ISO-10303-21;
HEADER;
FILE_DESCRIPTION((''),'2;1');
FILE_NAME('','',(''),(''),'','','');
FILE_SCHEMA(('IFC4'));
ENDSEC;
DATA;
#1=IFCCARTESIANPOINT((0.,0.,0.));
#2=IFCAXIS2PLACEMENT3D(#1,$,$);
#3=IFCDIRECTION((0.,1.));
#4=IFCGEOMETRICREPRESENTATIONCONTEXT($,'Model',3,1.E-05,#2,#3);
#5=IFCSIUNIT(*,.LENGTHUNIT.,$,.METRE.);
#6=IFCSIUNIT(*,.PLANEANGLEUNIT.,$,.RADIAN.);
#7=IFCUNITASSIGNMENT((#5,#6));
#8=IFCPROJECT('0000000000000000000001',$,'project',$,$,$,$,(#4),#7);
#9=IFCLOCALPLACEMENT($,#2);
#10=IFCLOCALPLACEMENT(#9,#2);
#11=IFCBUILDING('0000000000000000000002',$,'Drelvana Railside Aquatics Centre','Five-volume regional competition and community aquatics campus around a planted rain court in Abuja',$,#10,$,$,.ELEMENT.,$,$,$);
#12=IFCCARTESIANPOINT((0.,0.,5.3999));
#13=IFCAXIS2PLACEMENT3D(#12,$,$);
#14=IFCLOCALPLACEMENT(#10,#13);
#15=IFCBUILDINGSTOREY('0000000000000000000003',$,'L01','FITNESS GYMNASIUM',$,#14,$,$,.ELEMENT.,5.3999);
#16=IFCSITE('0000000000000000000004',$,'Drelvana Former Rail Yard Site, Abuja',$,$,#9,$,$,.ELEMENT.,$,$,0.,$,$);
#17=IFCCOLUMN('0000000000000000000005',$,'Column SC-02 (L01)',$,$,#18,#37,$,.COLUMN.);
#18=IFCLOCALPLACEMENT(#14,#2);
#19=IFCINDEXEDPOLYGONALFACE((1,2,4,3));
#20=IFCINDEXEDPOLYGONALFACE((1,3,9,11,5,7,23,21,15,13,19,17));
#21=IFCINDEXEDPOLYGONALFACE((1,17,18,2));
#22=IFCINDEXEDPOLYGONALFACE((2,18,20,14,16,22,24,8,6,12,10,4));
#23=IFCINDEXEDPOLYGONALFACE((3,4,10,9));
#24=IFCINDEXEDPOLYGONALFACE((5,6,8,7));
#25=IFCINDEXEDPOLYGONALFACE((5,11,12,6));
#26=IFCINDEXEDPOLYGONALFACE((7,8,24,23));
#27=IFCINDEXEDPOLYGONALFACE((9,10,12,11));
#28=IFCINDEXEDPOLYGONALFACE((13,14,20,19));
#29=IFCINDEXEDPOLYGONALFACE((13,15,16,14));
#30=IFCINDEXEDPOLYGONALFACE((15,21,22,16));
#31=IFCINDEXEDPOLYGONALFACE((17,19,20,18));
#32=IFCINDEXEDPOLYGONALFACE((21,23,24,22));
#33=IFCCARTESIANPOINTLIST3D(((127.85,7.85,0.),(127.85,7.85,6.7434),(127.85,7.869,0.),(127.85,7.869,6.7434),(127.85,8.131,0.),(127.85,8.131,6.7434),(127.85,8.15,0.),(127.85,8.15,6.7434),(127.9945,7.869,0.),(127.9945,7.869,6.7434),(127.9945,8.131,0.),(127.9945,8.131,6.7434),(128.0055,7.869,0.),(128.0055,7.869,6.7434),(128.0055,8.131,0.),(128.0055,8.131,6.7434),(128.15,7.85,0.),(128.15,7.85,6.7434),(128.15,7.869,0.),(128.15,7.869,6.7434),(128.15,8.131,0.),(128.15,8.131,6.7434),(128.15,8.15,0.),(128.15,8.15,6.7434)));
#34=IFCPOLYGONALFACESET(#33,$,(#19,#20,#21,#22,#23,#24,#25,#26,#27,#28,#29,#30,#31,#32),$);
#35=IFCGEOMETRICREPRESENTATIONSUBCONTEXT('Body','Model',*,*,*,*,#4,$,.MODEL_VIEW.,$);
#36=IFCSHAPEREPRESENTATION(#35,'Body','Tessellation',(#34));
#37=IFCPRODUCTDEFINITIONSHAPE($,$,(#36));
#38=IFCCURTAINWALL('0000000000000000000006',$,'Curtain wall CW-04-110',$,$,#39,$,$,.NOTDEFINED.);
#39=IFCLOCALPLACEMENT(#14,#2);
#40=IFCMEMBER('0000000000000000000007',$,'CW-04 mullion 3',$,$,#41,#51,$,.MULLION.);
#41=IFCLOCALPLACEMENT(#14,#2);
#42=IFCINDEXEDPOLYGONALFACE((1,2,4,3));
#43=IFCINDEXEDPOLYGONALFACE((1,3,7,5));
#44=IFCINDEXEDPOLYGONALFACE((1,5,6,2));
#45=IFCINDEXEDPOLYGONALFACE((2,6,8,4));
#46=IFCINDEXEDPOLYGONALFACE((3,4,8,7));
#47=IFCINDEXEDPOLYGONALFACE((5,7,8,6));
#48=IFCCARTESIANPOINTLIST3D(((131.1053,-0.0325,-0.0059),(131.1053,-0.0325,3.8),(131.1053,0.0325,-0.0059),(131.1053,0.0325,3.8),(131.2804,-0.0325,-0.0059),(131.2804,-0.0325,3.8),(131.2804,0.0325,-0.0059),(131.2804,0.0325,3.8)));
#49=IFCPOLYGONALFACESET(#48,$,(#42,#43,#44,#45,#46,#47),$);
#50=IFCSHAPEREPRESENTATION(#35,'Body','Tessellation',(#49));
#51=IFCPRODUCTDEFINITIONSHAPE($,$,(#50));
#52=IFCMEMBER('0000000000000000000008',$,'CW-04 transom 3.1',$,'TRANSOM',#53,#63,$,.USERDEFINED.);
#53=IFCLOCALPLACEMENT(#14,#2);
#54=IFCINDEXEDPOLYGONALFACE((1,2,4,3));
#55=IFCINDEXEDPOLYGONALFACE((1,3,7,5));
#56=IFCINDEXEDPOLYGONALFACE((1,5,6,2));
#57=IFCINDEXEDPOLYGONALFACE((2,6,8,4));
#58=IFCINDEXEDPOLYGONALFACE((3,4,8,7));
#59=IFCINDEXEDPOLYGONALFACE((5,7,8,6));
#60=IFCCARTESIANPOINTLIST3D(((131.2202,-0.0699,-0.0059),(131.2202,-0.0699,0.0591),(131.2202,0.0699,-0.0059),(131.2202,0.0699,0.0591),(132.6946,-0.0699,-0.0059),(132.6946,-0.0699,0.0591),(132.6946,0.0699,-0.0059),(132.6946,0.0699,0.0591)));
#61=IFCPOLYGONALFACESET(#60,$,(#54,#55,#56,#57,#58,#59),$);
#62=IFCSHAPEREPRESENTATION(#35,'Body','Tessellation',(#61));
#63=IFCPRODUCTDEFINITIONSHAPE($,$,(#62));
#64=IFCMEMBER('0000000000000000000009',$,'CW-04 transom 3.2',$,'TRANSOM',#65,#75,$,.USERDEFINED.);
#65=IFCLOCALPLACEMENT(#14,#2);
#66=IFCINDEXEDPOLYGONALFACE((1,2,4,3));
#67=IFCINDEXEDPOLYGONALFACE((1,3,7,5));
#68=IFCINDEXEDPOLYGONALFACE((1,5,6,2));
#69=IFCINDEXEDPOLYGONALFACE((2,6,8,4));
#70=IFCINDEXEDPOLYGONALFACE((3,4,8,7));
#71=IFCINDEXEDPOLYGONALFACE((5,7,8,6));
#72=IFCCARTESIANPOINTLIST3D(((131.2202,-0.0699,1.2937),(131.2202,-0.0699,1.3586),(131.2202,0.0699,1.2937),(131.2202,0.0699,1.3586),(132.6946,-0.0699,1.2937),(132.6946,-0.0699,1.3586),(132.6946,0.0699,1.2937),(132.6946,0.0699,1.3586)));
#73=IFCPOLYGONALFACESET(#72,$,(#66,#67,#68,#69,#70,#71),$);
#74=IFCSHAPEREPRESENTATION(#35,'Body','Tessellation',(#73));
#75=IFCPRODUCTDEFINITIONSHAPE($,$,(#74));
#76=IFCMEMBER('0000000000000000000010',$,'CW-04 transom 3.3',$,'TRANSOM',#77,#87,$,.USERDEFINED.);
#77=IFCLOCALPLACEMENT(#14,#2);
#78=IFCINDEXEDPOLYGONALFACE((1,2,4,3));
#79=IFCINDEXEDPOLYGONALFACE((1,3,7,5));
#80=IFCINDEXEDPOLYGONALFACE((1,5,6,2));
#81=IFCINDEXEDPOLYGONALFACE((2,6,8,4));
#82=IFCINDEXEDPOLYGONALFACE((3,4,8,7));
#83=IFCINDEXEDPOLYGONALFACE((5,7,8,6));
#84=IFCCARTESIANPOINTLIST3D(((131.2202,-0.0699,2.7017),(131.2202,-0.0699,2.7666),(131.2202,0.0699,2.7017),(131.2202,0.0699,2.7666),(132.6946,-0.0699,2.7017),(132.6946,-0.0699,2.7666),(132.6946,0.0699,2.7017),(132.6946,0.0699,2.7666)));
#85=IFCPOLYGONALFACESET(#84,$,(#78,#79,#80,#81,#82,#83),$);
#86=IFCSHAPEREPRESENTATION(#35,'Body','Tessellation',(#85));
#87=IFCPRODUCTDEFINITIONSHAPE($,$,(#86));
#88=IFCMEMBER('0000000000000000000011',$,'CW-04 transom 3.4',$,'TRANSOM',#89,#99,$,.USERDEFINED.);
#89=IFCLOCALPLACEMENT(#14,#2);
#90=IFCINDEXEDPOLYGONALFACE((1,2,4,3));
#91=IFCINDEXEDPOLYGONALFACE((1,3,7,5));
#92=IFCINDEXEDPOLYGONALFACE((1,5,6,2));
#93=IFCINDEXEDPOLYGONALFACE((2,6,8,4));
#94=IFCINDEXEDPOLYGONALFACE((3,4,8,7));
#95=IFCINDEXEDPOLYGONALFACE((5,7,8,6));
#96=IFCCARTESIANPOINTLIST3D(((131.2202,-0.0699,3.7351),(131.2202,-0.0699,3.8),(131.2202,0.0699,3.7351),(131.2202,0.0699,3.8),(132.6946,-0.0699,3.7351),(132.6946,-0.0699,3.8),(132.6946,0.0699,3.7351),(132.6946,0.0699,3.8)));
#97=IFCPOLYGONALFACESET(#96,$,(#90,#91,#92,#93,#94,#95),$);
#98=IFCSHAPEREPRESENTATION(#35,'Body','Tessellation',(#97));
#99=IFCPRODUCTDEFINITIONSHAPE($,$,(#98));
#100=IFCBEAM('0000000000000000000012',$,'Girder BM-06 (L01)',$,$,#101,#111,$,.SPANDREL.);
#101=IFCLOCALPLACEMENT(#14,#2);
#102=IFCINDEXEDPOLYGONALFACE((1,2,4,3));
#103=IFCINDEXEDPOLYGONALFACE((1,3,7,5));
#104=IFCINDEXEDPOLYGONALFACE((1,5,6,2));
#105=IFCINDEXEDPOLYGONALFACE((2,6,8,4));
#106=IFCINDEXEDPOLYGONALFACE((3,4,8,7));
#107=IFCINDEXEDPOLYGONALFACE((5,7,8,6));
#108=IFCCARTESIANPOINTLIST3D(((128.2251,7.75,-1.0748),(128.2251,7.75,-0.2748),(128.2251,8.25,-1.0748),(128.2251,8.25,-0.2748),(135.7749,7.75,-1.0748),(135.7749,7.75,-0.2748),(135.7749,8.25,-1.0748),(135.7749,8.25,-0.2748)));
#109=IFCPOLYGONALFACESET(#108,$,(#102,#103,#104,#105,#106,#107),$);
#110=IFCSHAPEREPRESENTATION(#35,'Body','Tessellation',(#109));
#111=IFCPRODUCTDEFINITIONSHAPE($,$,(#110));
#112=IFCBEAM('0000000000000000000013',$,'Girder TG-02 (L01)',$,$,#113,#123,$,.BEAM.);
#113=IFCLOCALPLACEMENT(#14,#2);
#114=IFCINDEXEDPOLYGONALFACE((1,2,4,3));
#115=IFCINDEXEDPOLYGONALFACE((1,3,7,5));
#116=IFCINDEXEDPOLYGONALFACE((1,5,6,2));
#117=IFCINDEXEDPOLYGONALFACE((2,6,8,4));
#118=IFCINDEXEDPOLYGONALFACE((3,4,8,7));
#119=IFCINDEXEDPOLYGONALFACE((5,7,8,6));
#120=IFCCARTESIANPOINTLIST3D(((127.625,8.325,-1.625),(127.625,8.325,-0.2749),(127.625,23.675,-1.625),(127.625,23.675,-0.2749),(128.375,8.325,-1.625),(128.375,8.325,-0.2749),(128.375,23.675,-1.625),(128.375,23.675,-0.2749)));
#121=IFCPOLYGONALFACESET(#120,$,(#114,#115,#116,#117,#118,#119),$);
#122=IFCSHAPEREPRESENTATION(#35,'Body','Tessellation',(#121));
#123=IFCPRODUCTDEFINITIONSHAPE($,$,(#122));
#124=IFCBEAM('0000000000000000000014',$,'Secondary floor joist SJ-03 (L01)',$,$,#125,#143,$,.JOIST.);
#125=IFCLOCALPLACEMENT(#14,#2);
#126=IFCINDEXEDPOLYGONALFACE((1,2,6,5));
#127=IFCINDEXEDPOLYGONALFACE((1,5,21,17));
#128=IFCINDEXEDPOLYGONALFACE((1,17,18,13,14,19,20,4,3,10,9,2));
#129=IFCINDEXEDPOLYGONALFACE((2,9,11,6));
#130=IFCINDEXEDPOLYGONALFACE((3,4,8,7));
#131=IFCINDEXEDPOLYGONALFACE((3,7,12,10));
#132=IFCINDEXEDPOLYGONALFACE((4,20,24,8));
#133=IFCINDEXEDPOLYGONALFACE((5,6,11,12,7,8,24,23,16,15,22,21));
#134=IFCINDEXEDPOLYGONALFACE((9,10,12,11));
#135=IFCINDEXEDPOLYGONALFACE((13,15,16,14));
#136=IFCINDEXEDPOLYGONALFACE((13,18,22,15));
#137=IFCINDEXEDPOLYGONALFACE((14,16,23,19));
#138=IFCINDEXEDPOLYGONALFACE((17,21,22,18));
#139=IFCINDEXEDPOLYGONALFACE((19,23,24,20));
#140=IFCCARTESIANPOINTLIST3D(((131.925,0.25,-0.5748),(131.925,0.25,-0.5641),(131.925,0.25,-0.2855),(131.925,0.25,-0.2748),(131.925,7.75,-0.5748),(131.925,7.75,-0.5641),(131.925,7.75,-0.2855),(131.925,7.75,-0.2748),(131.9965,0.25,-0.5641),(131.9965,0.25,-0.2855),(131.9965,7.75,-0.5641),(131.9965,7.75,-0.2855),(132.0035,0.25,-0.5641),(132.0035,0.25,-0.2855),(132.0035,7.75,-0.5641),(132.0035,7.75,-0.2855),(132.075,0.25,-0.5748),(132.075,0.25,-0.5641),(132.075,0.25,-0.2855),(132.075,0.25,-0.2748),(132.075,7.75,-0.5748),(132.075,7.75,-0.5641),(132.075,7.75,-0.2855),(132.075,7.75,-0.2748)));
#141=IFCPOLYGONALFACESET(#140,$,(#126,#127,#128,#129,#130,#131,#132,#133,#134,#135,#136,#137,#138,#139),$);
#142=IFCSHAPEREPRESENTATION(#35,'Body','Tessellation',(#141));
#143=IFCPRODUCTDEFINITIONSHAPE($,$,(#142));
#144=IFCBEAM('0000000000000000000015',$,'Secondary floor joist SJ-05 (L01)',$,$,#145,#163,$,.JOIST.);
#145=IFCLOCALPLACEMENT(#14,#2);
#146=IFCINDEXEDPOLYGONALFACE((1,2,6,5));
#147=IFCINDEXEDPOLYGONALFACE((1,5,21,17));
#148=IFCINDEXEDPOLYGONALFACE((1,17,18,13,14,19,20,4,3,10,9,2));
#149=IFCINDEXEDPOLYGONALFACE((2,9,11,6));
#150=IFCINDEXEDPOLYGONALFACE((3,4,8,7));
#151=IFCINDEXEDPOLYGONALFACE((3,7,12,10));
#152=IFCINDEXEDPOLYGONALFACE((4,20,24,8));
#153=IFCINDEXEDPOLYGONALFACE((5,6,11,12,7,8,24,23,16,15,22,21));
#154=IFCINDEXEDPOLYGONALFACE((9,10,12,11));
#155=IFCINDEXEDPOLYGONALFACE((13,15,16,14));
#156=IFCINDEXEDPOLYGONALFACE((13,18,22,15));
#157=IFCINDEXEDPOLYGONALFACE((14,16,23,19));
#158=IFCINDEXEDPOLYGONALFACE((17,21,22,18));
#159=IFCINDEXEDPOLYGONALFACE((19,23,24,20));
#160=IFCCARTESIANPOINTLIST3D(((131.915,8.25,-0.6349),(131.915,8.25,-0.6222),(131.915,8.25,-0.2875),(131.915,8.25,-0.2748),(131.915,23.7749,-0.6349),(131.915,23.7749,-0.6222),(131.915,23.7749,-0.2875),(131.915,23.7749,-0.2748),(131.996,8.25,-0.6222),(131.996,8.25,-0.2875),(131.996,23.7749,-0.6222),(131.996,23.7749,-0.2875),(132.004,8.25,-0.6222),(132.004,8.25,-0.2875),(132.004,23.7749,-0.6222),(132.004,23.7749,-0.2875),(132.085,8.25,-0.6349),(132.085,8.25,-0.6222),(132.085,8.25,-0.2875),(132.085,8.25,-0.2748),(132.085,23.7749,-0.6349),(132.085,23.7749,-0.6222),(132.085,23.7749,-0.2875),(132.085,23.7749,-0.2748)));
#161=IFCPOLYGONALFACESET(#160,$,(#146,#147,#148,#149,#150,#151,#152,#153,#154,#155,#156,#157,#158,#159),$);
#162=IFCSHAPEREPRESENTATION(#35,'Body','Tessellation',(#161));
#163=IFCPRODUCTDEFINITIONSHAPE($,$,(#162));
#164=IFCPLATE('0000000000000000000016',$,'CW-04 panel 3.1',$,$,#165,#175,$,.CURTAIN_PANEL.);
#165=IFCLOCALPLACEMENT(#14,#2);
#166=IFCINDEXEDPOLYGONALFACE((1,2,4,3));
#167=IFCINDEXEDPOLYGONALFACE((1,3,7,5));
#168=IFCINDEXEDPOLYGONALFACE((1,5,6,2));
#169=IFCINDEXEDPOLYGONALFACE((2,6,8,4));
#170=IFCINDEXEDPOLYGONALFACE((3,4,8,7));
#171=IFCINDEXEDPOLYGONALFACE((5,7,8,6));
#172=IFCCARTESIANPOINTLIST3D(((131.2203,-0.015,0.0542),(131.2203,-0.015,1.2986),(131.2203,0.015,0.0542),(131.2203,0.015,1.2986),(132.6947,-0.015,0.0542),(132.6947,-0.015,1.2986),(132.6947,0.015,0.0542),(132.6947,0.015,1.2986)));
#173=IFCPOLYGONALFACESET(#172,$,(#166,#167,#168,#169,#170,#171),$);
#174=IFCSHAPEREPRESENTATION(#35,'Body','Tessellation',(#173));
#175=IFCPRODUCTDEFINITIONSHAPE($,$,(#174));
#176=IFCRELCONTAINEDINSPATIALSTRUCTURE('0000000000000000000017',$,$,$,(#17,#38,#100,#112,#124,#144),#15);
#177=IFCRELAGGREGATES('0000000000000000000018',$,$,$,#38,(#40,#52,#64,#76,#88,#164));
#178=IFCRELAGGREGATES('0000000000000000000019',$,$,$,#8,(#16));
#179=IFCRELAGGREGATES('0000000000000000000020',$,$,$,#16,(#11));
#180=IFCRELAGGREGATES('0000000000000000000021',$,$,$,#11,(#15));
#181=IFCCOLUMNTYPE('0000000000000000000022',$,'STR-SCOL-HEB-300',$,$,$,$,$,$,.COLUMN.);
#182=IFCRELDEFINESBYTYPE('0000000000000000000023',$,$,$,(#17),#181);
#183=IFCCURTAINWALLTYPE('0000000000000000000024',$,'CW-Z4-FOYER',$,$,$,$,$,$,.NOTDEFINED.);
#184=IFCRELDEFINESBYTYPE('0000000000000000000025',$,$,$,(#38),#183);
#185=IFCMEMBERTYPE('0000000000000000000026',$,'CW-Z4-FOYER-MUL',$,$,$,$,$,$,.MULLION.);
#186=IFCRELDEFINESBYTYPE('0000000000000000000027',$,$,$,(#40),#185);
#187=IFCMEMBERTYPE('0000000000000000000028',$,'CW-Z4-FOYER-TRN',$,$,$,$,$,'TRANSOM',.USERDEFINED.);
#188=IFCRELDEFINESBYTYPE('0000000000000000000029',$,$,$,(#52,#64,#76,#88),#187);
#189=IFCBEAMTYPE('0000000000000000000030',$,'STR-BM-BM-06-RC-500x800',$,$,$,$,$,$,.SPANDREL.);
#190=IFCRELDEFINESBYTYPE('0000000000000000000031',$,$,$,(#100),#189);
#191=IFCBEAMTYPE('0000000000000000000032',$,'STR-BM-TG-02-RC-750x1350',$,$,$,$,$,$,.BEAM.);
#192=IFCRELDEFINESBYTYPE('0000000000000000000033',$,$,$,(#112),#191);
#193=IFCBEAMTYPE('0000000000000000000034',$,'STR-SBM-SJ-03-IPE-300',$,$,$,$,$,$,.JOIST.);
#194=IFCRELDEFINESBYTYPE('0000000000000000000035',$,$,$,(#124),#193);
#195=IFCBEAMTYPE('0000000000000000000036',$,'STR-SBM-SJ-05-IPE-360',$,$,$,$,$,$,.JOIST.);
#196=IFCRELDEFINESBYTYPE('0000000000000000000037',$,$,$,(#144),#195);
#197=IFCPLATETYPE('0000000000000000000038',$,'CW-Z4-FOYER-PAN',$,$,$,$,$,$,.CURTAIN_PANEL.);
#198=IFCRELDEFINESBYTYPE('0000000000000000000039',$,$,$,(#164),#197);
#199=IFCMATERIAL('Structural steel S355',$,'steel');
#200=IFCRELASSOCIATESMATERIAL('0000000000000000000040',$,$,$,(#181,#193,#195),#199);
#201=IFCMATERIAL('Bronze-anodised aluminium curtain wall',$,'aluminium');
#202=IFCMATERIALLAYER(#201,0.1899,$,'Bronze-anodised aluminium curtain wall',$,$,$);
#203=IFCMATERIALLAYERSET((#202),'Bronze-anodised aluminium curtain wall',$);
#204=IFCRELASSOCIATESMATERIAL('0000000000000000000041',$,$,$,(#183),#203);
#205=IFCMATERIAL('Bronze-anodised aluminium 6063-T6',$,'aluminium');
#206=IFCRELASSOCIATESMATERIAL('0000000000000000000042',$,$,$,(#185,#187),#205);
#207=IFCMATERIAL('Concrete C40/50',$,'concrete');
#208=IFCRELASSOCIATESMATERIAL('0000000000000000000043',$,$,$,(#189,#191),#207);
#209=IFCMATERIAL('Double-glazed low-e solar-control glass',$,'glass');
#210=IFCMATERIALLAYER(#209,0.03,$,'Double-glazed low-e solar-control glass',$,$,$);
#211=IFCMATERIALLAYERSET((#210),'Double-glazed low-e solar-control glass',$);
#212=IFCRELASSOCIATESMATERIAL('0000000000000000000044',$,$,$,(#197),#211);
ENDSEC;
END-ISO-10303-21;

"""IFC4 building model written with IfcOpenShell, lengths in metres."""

from ifc_helpers import new_model, si_unit, direction, frame, origin, origin_2d, place, context, subcontext, project, spatial, rectangle, i_section, extrude, material, layer, layer_set, material_profile, profile_set, type_object, element, aggregate, save


model = new_model("IFC4")

# Units and contexts
model_context = context("Model", 3, precision=1e-05, world=origin(), true_north=direction((0.0, 1.0)))
body_context = subcontext(model_context, "Body", "Model", "MODEL_VIEW")
ifc_project = project(units=[si_unit("LENGTHUNIT", "METRE"), si_unit("PLANEANGLEUNIT", "RADIAN")], contexts=[model_context])

# Site, building, storey
site_placement = place(None, origin())
site = spatial("IfcSite", under=ifc_project, at=site_placement, Name="Drelvana Former Rail Yard Site, Abuja", CompositionType="ELEMENT", RefElevation=0.0)
building_placement = place(site_placement, origin())
building = spatial("IfcBuilding", under=site, at=building_placement, Name="Drelvana Railside Aquatics Centre", Description="Five-volume regional competition and community aquatics campus around a planted rain court in Abuja", CompositionType="ELEMENT")
storey_placement = place(building_placement, frame((0.0, 0.0, 5.3999)))
storey = spatial("IfcBuildingStorey", under=building, at=storey_placement, Name="L01", Description="FITNESS GYMNASIUM", CompositionType="ELEMENT", Elevation=5.3999)

# Column
ifc_material_1 = material(Name="Structural steel S355", Category="steel")
ifc_material_profile_1 = material_profile(ifc_material_1, i_section(OverallWidth=0.3, OverallDepth=0.3, WebThickness=0.011, FlangeThickness=0.019, at=origin_2d()), Name="HEB 300")
ifc_profile_set_1 = profile_set([ifc_material_profile_1], Name="Structural steel S355")
column_type = type_object("IfcColumnType", Name="STR-SCOL-HEB-300", PredefinedType="COLUMN", material=ifc_profile_set_1)
column_placement = place(storey_placement, frame((128.0, 8.0, 0.0), z_axis=(0.0, 0.0, 1.0), x_axis=(1.0, 0.0, 0.0)))
element("IfcColumn", 1, at=column_placement, inside=storey, type_object=column_type, Name="Column SC-02 (L01)", PredefinedType="COLUMN", context=body_context, shape_type="SweptSolid", body=[
    extrude(i_section(OverallWidth=0.3, OverallDepth=0.3, WebThickness=0.011, FlangeThickness=0.019, at=origin_2d()), origin(), (0.0, 0.0, 1.0), 6.7434),
])

# Curtain wall, members
ifc_material_2 = material(Name="Bronze-anodised aluminium curtain wall", Category="aluminium")
ifc_layer_1 = layer(ifc_material_2, 0.1899, Name="Bronze-anodised aluminium curtain wall")
ifc_layer_set_1 = layer_set([ifc_layer_1], Name="Bronze-anodised aluminium curtain wall")
curtain_wall_type = type_object("IfcCurtainWallType", Name="CW-Z4-FOYER", PredefinedType="NOTDEFINED", material=ifc_layer_set_1)
curtain_wall_placement = place(storey_placement, origin())
curtain_wall = element("IfcCurtainWall", 2, at=curtain_wall_placement, inside=storey, type_object=curtain_wall_type, Name="Curtain wall CW-04-110", PredefinedType="NOTDEFINED")
ifc_material_3 = material(Name="Bronze-anodised aluminium 6063-T6", Category="aluminium")
ifc_material_profile_2 = material_profile(ifc_material_3, rectangle(XDim=0.0649, YDim=0.175, at=origin_2d()), Name="ALU-M 65x175")
ifc_profile_set_2 = profile_set([ifc_material_profile_2], Name="Bronze-anodised aluminium 6063-T6")
member_type_1 = type_object("IfcMemberType", Name="CW-Z4-FOYER-MUL", PredefinedType="MULLION", material=ifc_profile_set_2)
member_1_placement = place(storey_placement, frame((131.1929, 0.0, -0.0059), z_axis=(0.0, 0.0, 1.0), x_axis=(0.0, 1.0, 0.0)))
member_1 = element("IfcMember", 3, at=member_1_placement, type_object=member_type_1, Name="CW-04 mullion 3", PredefinedType="MULLION", context=body_context, shape_type="SweptSolid", body=[
    extrude(rectangle(XDim=0.0649, YDim=0.175, at=origin_2d()), origin(), (0.0, 0.0, 1.0), 3.8059),
])
ifc_material_profile_3 = material_profile(ifc_material_3, rectangle(XDim=0.1399, YDim=0.0649, at=origin_2d()), Name="ALU-T 65x140")
ifc_profile_set_3 = profile_set([ifc_material_profile_3], Name="Bronze-anodised aluminium 6063-T6")
member_type_2 = type_object("IfcMemberType", Name="CW-Z4-FOYER-TRN", ElementType="TRANSOM", PredefinedType="USERDEFINED", material=ifc_profile_set_3)
member_2_placement = place(storey_placement, frame((131.2202, 0.0, 0.0266), z_axis=(1.0, 0.0, 0.0), x_axis=(0.0, 1.0, 0.0)))
member_2 = element("IfcMember", 4, at=member_2_placement, type_object=member_type_2, Name="CW-04 transom 3.1", ObjectType="TRANSOM", PredefinedType="USERDEFINED", context=body_context, shape_type="SweptSolid", body=[
    extrude(rectangle(XDim=0.1399, YDim=0.0649, at=origin_2d()), origin(), (0.0, 0.0, 1.0), 1.4744),
])
member_3_placement = place(storey_placement, frame((131.2202, 0.0, 1.3262), z_axis=(1.0, 0.0, 0.0), x_axis=(0.0, 1.0, 0.0)))
member_3 = element("IfcMember", 5, at=member_3_placement, type_object=member_type_2, Name="CW-04 transom 3.2", ObjectType="TRANSOM", PredefinedType="USERDEFINED", context=body_context, shape_type="SweptSolid", body=[
    extrude(rectangle(XDim=0.1399, YDim=0.0649, at=origin_2d()), origin(), (0.0, 0.0, 1.0), 1.4744),
])
member_4_placement = place(storey_placement, frame((131.2202, 0.0, 2.7341), z_axis=(1.0, 0.0, 0.0), x_axis=(0.0, 1.0, 0.0)))
member_4 = element("IfcMember", 6, at=member_4_placement, type_object=member_type_2, Name="CW-04 transom 3.3", ObjectType="TRANSOM", PredefinedType="USERDEFINED", context=body_context, shape_type="SweptSolid", body=[
    extrude(rectangle(XDim=0.1399, YDim=0.0649, at=origin_2d()), origin(), (0.0, 0.0, 1.0), 1.4744),
])
member_5_placement = place(storey_placement, frame((131.2202, 0.0, 3.7676), z_axis=(1.0, 0.0, 0.0), x_axis=(0.0, 1.0, 0.0)))
member_5 = element("IfcMember", 7, at=member_5_placement, type_object=member_type_2, Name="CW-04 transom 3.4", ObjectType="TRANSOM", PredefinedType="USERDEFINED", context=body_context, shape_type="SweptSolid", body=[
    extrude(rectangle(XDim=0.1399, YDim=0.0649, at=origin_2d()), origin(), (0.0, 0.0, 1.0), 1.4744),
])

# Beams
ifc_material_4 = material(Name="Concrete C40/50", Category="concrete")
ifc_material_profile_4 = material_profile(ifc_material_4, rectangle(XDim=0.5, YDim=0.8, at=origin_2d()), Name="RC 500x800")
ifc_profile_set_4 = profile_set([ifc_material_profile_4], Name="Concrete C40/50")
beam_type_1 = type_object("IfcBeamType", Name="STR-BM-BM-06-RC-500x800", PredefinedType="SPANDREL", material=ifc_profile_set_4)
beam_1_placement = place(storey_placement, frame((128.2251, 8.0, -0.6748), z_axis=(1.0, 0.0, 0.0), x_axis=(0.0, 1.0, 0.0)))
element("IfcBeam", 8, at=beam_1_placement, inside=storey, type_object=beam_type_1, Name="Girder BM-06 (L01)", PredefinedType="SPANDREL", context=body_context, shape_type="SweptSolid", body=[
    extrude(rectangle(XDim=0.5, YDim=0.8, at=origin_2d()), origin(), (0.0, 0.0, 1.0), 7.5498),
])
ifc_material_profile_5 = material_profile(ifc_material_4, rectangle(XDim=0.75, YDim=1.3501, at=origin_2d()), Name="RC 750x1350")
ifc_profile_set_5 = profile_set([ifc_material_profile_5], Name="Concrete C40/50")
beam_type_2 = type_object("IfcBeamType", Name="STR-BM-TG-02-RC-750x1350", PredefinedType="BEAM", material=ifc_profile_set_5)
beam_2_placement = place(storey_placement, frame((128.0, 8.325, -0.95), z_axis=(0.0, 1.0, 0.0), x_axis=(-1.0, 0.0, 0.0)))
element("IfcBeam", 9, at=beam_2_placement, inside=storey, type_object=beam_type_2, Name="Girder TG-02 (L01)", PredefinedType="BEAM", context=body_context, shape_type="SweptSolid", body=[
    extrude(rectangle(XDim=0.75, YDim=1.3501, at=origin_2d()), origin(), (0.0, 0.0, 1.0), 15.3501),
])
ifc_material_profile_6 = material_profile(ifc_material_1, i_section(OverallWidth=0.1499, OverallDepth=0.3, WebThickness=0.0071, FlangeThickness=0.0107, at=origin_2d()), Name="IPE 300")
ifc_profile_set_6 = profile_set([ifc_material_profile_6], Name="Structural steel S355")
beam_type_3 = type_object("IfcBeamType", Name="STR-SBM-SJ-03-IPE-300", PredefinedType="JOIST", material=ifc_profile_set_6)
beam_3_placement = place(storey_placement, frame((132.0, 0.25, -0.4248), z_axis=(0.0, 1.0, 0.0), x_axis=(-1.0, 0.0, 0.0)))
element("IfcBeam", 10, at=beam_3_placement, inside=storey, type_object=beam_type_3, Name="Secondary floor joist SJ-03 (L01)", PredefinedType="JOIST", context=body_context, shape_type="SweptSolid", body=[
    extrude(i_section(OverallWidth=0.1499, OverallDepth=0.3, WebThickness=0.0071, FlangeThickness=0.0107, at=origin_2d()), origin(), (0.0, 0.0, 1.0), 7.5),
])
ifc_material_profile_7 = material_profile(ifc_material_1, i_section(OverallWidth=0.1699, OverallDepth=0.3601, WebThickness=0.0081, FlangeThickness=0.0127, at=origin_2d()), Name="IPE 360")
ifc_profile_set_7 = profile_set([ifc_material_profile_7], Name="Structural steel S355")
beam_type_4 = type_object("IfcBeamType", Name="STR-SBM-SJ-05-IPE-360", PredefinedType="JOIST", material=ifc_profile_set_7)
beam_4_placement = place(storey_placement, frame((132.0, 8.25, -0.4548), z_axis=(0.0, 1.0, 0.0), x_axis=(-1.0, 0.0, 0.0)))
element("IfcBeam", 11, at=beam_4_placement, inside=storey, type_object=beam_type_4, Name="Secondary floor joist SJ-05 (L01)", PredefinedType="JOIST", context=body_context, shape_type="SweptSolid", body=[
    extrude(i_section(OverallWidth=0.1699, OverallDepth=0.3601, WebThickness=0.0081, FlangeThickness=0.0127, at=origin_2d()), origin(), (0.0, 0.0, 1.0), 15.5249),
])

# Plate
ifc_material_5 = material(Name="Double-glazed low-e solar-control glass", Category="glass")
ifc_layer_2 = layer(ifc_material_5, 0.03, Name="Double-glazed low-e solar-control glass")
ifc_layer_set_2 = layer_set([ifc_layer_2], Name="Double-glazed low-e solar-control glass")
plate_type = type_object("IfcPlateType", Name="CW-Z4-FOYER-PAN", PredefinedType="CURTAIN_PANEL", material=ifc_layer_set_2)
plate_1_placement = place(storey_placement, frame((131.9575, 0.0, 0.0542), z_axis=(0.0, 0.0, 1.0), x_axis=(1.0, 0.0, 0.0)))
plate_1 = element("IfcPlate", 12, at=plate_1_placement, type_object=plate_type, Name="CW-04 panel 3.1", PredefinedType="CURTAIN_PANEL", context=body_context, shape_type="SweptSolid", body=[
    extrude(rectangle(XDim=1.4744, YDim=0.03, at=origin_2d()), origin(), (0.0, 0.0, 1.0), 1.2444),
])
aggregate(curtain_wall, [member_1, member_2, member_3, member_4, member_5, plate_1])

save(model, "model.ifc")
